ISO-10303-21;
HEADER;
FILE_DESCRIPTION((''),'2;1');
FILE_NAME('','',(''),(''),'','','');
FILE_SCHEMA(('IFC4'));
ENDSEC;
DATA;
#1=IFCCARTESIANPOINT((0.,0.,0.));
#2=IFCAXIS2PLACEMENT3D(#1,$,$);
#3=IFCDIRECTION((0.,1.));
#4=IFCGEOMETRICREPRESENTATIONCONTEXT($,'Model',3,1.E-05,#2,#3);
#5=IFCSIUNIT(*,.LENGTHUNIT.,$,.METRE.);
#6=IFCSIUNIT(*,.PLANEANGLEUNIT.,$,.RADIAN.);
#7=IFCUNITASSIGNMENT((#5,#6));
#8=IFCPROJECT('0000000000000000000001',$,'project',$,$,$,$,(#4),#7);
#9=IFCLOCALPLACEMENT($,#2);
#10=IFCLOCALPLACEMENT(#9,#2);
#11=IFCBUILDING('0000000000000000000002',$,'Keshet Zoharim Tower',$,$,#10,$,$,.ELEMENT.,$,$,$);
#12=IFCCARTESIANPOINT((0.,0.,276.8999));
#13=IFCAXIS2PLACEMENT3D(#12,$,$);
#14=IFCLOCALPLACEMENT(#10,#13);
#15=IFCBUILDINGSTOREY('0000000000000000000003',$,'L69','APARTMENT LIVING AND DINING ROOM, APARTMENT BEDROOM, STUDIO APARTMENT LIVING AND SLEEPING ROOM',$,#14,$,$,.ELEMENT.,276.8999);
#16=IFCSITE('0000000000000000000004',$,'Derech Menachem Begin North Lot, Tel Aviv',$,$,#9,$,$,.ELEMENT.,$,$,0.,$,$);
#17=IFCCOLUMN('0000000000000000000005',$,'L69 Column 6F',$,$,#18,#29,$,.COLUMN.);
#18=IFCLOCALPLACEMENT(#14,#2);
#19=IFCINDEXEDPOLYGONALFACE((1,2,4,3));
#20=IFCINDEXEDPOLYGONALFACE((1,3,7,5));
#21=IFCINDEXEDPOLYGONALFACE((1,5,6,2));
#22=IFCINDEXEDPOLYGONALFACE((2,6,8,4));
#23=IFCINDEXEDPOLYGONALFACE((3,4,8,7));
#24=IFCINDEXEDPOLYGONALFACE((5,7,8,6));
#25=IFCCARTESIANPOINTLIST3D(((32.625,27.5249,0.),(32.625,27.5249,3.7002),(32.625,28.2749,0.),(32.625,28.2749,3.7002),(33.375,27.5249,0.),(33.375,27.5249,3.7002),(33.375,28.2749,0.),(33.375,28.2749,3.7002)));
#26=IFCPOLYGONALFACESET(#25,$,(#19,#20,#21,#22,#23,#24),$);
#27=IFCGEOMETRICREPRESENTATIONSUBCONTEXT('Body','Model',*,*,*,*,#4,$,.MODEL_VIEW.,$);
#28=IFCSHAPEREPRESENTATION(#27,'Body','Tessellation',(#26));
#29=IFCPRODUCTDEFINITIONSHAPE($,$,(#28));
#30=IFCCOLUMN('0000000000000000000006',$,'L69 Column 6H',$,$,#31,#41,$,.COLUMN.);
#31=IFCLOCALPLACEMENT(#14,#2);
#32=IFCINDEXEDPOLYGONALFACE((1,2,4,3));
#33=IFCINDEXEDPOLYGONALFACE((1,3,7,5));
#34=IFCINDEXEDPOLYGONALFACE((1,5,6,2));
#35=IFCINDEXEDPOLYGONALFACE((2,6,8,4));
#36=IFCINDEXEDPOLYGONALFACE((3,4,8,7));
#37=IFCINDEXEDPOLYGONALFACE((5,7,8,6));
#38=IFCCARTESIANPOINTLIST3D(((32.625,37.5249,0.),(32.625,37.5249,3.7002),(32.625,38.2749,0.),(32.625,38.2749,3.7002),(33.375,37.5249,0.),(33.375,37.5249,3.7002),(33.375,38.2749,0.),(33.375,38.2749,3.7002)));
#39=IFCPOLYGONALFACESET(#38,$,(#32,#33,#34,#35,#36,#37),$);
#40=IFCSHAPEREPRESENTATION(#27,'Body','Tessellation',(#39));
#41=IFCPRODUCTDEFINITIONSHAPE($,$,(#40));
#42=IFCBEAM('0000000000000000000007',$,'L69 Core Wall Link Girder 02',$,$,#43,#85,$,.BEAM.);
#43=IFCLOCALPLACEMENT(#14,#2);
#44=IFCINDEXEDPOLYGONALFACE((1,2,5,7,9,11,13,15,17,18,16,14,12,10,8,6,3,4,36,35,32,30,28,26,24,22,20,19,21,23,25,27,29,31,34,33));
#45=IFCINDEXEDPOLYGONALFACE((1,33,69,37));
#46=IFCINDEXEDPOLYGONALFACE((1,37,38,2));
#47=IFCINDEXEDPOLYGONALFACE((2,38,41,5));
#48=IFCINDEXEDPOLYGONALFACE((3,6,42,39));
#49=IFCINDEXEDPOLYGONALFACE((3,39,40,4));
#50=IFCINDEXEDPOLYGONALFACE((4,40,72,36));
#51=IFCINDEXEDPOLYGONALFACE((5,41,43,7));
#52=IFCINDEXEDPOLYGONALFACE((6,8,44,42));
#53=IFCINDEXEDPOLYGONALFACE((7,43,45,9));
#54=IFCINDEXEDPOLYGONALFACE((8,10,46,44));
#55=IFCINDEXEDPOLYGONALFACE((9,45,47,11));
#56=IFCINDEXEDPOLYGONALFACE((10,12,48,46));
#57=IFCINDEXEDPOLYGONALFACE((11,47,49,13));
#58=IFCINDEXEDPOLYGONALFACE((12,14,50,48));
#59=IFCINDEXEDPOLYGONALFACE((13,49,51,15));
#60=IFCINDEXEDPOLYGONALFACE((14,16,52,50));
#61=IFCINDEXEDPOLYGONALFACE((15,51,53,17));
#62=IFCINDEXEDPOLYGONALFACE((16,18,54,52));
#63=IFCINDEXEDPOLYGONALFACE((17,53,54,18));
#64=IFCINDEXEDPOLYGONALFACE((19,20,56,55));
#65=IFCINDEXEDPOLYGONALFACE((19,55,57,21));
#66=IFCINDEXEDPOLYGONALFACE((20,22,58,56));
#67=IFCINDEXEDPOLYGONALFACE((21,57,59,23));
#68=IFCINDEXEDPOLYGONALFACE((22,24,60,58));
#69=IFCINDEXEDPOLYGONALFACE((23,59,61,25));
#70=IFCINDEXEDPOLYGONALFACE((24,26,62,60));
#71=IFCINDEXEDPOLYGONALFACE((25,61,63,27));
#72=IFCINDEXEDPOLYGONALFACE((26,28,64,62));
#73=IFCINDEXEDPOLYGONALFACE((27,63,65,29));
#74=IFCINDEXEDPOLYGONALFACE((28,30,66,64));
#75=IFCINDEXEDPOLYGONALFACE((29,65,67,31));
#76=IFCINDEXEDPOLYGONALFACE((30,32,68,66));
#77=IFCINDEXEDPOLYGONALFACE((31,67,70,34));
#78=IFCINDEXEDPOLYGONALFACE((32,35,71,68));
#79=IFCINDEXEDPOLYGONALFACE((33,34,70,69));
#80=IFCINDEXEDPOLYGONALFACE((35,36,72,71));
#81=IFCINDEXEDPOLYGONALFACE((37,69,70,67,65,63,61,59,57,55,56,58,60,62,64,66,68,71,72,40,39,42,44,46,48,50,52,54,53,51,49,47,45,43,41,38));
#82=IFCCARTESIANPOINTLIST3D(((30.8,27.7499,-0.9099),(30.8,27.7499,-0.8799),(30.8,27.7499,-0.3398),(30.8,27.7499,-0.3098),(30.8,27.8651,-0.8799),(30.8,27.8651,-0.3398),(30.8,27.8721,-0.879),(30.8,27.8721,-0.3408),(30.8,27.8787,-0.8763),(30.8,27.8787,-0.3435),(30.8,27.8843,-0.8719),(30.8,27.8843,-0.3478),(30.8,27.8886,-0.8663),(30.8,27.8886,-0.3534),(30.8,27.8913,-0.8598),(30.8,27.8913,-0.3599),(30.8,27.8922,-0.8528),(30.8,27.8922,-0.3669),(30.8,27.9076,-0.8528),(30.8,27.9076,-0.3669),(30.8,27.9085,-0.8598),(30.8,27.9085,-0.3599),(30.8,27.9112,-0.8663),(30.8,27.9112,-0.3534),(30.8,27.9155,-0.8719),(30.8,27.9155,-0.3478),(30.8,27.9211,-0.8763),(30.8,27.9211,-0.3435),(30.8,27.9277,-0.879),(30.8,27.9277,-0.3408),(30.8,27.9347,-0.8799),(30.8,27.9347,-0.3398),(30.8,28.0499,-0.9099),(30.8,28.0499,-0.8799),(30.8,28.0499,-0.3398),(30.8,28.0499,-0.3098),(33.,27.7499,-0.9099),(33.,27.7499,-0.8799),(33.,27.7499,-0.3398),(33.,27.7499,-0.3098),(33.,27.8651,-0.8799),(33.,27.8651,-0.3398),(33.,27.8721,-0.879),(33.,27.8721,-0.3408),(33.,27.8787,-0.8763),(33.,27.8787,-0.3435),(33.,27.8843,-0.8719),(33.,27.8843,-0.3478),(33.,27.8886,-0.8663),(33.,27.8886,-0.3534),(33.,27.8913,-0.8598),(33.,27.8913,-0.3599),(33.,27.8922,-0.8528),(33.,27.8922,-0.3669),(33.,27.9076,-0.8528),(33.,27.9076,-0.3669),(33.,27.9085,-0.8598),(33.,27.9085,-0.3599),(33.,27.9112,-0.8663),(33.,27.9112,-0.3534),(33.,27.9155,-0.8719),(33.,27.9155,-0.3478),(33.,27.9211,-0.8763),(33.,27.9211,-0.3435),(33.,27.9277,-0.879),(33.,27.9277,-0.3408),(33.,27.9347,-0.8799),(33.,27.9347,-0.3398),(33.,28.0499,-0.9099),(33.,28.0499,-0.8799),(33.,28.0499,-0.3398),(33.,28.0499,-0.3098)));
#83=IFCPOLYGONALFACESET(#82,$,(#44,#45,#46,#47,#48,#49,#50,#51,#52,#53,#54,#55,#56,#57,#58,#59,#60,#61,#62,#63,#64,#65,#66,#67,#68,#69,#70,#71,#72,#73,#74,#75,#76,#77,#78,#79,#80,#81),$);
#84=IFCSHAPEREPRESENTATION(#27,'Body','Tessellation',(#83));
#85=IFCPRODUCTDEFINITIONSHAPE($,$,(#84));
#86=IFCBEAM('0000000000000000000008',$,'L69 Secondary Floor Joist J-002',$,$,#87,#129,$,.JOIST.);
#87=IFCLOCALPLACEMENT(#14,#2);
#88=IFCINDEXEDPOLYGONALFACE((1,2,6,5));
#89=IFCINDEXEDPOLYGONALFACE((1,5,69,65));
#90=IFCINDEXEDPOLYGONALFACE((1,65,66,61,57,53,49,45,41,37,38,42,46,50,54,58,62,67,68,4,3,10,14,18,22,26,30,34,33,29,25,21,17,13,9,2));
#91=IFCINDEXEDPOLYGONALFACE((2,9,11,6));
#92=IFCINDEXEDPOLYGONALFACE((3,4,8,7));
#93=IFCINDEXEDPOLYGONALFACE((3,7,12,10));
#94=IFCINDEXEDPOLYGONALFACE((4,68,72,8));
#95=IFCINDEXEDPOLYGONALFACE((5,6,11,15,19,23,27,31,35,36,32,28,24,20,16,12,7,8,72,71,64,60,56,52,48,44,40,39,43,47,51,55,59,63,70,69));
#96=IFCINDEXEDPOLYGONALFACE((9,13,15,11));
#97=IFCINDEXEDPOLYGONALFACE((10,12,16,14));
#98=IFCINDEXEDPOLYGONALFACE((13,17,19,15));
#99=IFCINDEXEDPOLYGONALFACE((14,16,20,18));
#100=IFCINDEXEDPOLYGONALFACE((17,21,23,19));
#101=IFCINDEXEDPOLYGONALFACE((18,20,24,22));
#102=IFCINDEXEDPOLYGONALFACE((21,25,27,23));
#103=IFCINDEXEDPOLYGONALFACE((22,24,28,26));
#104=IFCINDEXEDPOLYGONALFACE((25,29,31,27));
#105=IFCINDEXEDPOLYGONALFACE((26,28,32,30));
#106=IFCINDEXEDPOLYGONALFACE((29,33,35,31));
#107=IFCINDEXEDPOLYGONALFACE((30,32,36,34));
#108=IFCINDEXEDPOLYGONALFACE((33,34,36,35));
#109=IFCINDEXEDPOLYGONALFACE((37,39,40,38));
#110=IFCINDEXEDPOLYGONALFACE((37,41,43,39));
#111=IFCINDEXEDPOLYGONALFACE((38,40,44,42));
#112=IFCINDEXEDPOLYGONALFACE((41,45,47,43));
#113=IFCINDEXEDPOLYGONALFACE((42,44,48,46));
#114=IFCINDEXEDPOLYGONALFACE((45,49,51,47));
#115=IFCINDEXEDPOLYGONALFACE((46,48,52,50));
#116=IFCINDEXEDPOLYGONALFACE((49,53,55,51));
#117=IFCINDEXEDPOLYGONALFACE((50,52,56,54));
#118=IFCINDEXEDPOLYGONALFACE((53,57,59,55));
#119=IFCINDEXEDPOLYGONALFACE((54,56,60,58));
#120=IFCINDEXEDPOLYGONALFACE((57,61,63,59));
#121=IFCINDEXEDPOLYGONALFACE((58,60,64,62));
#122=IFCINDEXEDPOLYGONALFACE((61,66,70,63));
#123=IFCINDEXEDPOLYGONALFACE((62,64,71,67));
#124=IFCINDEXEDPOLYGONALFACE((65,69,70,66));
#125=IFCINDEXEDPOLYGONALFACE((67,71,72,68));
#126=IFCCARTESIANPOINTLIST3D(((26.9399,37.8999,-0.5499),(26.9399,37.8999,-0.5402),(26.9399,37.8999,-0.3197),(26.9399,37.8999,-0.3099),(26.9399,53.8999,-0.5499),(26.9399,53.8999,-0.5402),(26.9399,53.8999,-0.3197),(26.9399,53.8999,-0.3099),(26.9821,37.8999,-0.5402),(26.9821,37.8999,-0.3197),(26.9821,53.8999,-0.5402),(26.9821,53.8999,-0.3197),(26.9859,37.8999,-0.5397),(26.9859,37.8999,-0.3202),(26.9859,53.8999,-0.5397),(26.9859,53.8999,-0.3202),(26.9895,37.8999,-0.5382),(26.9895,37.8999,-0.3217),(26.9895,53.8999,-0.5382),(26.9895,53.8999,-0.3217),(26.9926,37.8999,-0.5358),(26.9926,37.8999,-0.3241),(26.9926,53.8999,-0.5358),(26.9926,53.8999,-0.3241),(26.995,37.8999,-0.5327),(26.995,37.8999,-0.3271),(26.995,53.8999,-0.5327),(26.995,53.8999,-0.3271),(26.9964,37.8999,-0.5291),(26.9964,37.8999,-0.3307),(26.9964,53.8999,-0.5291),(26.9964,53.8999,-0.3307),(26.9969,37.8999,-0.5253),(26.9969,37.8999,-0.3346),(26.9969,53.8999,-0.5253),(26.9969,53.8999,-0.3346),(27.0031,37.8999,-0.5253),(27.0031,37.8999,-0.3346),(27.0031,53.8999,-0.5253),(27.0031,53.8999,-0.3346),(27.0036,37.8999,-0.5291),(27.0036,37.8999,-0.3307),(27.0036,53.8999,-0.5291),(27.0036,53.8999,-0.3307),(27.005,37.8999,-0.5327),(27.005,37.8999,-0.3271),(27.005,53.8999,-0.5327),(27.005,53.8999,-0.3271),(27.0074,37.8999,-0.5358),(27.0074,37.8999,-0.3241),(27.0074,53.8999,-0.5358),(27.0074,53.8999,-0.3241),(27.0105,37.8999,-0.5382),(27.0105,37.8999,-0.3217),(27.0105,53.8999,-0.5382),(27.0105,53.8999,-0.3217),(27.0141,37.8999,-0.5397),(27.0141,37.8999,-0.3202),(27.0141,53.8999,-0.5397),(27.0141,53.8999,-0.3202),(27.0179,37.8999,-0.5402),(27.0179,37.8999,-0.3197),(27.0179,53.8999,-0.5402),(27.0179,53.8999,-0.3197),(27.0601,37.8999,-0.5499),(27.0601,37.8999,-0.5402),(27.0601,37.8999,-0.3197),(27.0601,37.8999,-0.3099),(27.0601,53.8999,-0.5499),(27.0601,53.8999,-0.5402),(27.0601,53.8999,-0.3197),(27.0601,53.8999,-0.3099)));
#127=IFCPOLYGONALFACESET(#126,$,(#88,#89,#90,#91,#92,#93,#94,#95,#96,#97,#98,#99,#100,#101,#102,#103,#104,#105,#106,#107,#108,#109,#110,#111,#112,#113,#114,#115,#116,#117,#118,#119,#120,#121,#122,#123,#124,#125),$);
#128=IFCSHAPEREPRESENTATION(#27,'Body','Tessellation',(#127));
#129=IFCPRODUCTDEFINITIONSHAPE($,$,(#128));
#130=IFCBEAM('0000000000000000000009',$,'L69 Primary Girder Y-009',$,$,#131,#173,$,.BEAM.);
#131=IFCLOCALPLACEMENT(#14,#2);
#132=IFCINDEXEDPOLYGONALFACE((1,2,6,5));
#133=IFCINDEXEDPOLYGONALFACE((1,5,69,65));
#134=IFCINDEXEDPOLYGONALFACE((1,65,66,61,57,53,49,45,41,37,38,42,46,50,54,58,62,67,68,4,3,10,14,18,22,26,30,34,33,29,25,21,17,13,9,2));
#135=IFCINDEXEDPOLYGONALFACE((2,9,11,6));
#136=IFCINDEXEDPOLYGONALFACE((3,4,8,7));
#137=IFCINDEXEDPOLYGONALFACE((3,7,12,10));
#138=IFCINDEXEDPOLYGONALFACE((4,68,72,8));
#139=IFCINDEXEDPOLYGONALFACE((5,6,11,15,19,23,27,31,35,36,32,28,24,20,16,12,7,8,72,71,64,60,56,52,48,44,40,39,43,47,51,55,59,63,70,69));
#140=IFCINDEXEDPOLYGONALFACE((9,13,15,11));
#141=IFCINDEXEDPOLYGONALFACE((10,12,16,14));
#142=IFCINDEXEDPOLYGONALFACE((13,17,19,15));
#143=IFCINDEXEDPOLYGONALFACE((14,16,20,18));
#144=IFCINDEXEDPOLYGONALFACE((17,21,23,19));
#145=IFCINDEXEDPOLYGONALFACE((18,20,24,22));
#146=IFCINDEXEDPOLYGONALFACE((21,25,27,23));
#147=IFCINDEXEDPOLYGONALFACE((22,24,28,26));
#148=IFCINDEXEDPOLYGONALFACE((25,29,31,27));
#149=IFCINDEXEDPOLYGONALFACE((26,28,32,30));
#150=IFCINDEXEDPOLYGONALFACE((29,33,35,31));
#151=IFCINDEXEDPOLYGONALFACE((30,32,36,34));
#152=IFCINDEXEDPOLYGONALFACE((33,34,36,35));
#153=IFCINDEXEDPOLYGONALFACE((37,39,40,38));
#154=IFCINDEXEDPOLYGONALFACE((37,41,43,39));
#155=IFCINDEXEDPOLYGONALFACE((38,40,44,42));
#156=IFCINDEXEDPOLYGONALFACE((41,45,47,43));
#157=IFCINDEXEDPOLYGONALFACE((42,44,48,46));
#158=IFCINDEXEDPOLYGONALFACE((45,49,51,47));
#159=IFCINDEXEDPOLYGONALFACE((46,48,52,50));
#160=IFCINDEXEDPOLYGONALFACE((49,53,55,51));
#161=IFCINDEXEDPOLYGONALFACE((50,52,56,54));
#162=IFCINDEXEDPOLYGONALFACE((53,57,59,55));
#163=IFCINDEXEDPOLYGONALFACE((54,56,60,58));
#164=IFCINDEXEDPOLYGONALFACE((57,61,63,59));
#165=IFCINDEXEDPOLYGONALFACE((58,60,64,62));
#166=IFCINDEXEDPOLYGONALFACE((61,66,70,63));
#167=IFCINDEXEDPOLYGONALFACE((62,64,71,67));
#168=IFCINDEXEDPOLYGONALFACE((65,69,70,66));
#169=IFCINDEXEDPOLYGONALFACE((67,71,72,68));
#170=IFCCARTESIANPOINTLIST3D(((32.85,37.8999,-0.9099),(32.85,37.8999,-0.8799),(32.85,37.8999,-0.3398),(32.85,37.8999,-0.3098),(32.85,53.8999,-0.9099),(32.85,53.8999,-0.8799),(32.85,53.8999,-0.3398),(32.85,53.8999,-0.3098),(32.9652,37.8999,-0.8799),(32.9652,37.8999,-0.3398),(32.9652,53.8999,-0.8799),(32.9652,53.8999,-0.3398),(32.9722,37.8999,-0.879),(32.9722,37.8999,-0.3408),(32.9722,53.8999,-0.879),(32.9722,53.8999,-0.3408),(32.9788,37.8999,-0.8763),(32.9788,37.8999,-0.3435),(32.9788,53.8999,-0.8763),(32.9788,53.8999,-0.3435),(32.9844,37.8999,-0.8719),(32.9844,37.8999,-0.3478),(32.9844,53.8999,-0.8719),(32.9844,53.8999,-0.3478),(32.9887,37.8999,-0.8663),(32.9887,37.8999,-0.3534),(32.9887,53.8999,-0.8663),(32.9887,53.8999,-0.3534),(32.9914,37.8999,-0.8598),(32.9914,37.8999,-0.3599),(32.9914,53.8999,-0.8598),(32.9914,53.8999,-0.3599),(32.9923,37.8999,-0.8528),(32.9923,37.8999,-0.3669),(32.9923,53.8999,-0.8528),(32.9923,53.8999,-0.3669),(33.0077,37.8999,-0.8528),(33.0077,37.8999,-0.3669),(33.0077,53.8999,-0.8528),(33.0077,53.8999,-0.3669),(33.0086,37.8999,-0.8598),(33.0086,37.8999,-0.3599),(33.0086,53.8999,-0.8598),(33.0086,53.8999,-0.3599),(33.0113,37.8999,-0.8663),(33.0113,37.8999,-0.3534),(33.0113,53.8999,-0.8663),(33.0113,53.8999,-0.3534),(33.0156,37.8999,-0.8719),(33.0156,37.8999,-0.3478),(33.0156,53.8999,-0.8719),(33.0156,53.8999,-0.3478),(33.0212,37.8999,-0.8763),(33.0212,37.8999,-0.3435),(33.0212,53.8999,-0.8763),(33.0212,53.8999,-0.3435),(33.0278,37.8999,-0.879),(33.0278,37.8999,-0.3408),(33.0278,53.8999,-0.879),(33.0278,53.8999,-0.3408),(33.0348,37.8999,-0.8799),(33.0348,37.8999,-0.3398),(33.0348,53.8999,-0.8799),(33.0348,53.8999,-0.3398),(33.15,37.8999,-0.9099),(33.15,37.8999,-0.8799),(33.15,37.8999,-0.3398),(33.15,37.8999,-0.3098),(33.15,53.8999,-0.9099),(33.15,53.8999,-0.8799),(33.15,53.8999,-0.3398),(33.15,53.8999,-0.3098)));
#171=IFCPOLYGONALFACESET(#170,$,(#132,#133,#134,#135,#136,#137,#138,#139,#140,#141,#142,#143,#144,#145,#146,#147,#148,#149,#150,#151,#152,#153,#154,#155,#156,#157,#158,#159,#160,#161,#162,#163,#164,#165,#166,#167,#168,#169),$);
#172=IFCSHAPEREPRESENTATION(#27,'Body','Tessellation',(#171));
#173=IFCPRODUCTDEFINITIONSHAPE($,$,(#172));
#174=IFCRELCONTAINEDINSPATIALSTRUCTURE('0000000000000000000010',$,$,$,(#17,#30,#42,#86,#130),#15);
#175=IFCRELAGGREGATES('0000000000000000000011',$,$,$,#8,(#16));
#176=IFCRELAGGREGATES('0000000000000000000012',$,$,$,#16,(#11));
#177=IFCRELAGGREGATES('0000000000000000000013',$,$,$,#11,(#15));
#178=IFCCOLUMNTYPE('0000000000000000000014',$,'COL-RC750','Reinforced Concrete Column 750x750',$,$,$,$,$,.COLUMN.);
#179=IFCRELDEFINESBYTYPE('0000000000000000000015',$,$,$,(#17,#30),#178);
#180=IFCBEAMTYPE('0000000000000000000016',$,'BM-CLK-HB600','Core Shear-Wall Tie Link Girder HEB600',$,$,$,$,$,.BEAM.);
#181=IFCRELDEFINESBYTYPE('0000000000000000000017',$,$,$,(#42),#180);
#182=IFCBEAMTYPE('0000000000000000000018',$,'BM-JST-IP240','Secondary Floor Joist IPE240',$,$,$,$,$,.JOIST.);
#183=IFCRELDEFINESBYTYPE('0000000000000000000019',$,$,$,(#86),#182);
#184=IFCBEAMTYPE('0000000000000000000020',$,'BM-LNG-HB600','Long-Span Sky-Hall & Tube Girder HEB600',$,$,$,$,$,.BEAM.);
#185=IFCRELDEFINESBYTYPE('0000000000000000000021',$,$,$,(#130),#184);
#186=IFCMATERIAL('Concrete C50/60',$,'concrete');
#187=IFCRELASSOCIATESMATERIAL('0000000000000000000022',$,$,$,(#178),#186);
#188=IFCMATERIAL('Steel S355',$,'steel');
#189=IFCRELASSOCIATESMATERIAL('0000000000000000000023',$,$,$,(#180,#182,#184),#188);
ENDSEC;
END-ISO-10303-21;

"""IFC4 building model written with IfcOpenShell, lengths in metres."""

from ifc_helpers import new_model, si_unit, direction, frame, origin, origin_2d, place, context, subcontext, project, spatial, rectangle, i_section, extrude, material, material_profile, profile_set, type_object, element, save


model = new_model("IFC4")

# Units and contexts
model_context = context("Model", 3, precision=1e-05, world=origin(), true_north=direction((0.0, 1.0)))
body_context = subcontext(model_context, "Body", "Model", "MODEL_VIEW")
ifc_project = project(units=[si_unit("LENGTHUNIT", "METRE"), si_unit("PLANEANGLEUNIT", "RADIAN")], contexts=[model_context])

# Site, building, storey
site_placement = place(None, origin())
site = spatial("IfcSite", under=ifc_project, at=site_placement, Name="Derech Menachem Begin North Lot, Tel Aviv", CompositionType="ELEMENT", RefElevation=0.0)
building_placement = place(site_placement, origin())
building = spatial("IfcBuilding", under=site, at=building_placement, Name="Keshet Zoharim Tower", CompositionType="ELEMENT")
storey_placement = place(building_placement, frame((0.0, 0.0, 276.8999)))
storey = spatial("IfcBuildingStorey", under=building, at=storey_placement, Name="L69", Description="APARTMENT LIVING AND DINING ROOM, APARTMENT BEDROOM, STUDIO APARTMENT LIVING AND SLEEPING ROOM", CompositionType="ELEMENT", Elevation=276.8999)

# Columns
ifc_material_1 = material(Name="Concrete C50/60", Category="concrete")
ifc_material_profile_1 = material_profile(ifc_material_1, rectangle(XDim=0.75, YDim=0.75, at=origin_2d()), Name="RC750x750")
ifc_profile_set_1 = profile_set([ifc_material_profile_1], Name="Concrete C50/60")
column_type = type_object("IfcColumnType", Name="COL-RC750", Description="Reinforced Concrete Column 750x750", PredefinedType="COLUMN", material=ifc_profile_set_1)
for number, where, z_axis, x_axis, name in (
    (1, (33.0, 27.8999, 0.0), (0.0, 0.0, 1.0), (1.0, 0.0, 0.0), "L69 Column 6F"),
    (2, (33.0, 37.8999, 0.0), (0.0, 0.0, 1.0), (1.0, 0.0, 0.0), "L69 Column 6H"),
):
    element("IfcColumn", number, at=place(storey_placement, frame(where, z_axis=z_axis, x_axis=x_axis)), inside=storey, type_object=column_type, Name=name, PredefinedType="COLUMN", context=body_context, shape_type="SweptSolid", body=[
        extrude(rectangle(XDim=0.75, YDim=0.75, at=origin_2d()), origin(), (0.0, 0.0, 1.0), 3.7002),
    ])

# Beams
ifc_material_2 = material(Name="Steel S355", Category="steel")
ifc_material_profile_2 = material_profile(ifc_material_2, i_section(OverallWidth=0.3, OverallDepth=0.6001, WebThickness=0.0154, FlangeThickness=0.03, FilletRadius=0.0271, at=origin_2d()), Name="HEB600")
ifc_profile_set_2 = profile_set([ifc_material_profile_2], Name="Steel S355")
beam_type_1 = type_object("IfcBeamType", Name="BM-CLK-HB600", Description="Core Shear-Wall Tie Link Girder HEB600", PredefinedType="BEAM", material=ifc_profile_set_2)
beam_1_placement = place(storey_placement, frame((30.8, 27.8999, -0.6099), z_axis=(1.0, 0.0, 0.0), x_axis=(0.0, 1.0, 0.0)))
element("IfcBeam", 3, at=beam_1_placement, inside=storey, type_object=beam_type_1, Name="L69 Core Wall Link Girder 02", PredefinedType="BEAM", context=body_context, shape_type="SweptSolid", body=[
    extrude(i_section(OverallWidth=0.3, OverallDepth=0.6001, WebThickness=0.0154, FlangeThickness=0.03, FilletRadius=0.0271, at=origin_2d()), origin(), (0.0, 0.0, 1.0), 2.2),
])
ifc_material_profile_3 = material_profile(ifc_material_2, i_section(OverallWidth=0.1201, OverallDepth=0.24, WebThickness=0.0061, FlangeThickness=0.0098, FilletRadius=0.0149, at=origin_2d()), Name="IPE240")
ifc_profile_set_3 = profile_set([ifc_material_profile_3], Name="Steel S355")
beam_type_2 = type_object("IfcBeamType", Name="BM-JST-IP240", Description="Secondary Floor Joist IPE240", PredefinedType="JOIST", material=ifc_profile_set_3)
beam_2_placement = place(storey_placement, frame((27.0, 37.8999, -0.4299), z_axis=(0.0, 1.0, 0.0), x_axis=(-1.0, 0.0, 0.0)))
element("IfcBeam", 4, at=beam_2_placement, inside=storey, type_object=beam_type_2, Name="L69 Secondary Floor Joist J-002", PredefinedType="JOIST", context=body_context, shape_type="SweptSolid", body=[
    extrude(i_section(OverallWidth=0.1201, OverallDepth=0.24, WebThickness=0.0061, FlangeThickness=0.0098, FilletRadius=0.0149, at=origin_2d()), origin(), (0.0, 0.0, 1.0), 16.0),
])
ifc_material_profile_4 = material_profile(ifc_material_2, i_section(OverallWidth=0.3, OverallDepth=0.6001, WebThickness=0.0154, FlangeThickness=0.03, FilletRadius=0.0271, at=origin_2d()), Name="HEB600")
ifc_profile_set_4 = profile_set([ifc_material_profile_4], Name="Steel S355")
beam_type_3 = type_object("IfcBeamType", Name="BM-LNG-HB600", Description="Long-Span Sky-Hall & Tube Girder HEB600", PredefinedType="BEAM", material=ifc_profile_set_4)
beam_3_placement = place(storey_placement, frame((33.0, 37.8999, -0.6099), z_axis=(0.0, 1.0, 0.0), x_axis=(-1.0, 0.0, 0.0)))
element("IfcBeam", 5, at=beam_3_placement, inside=storey, type_object=beam_type_3, Name="L69 Primary Girder Y-009", PredefinedType="BEAM", context=body_context, shape_type="SweptSolid", body=[
    extrude(i_section(OverallWidth=0.3, OverallDepth=0.6001, WebThickness=0.0154, FlangeThickness=0.03, FilletRadius=0.0271, at=origin_2d()), origin(), (0.0, 0.0, 1.0), 16.0),
])

save(model, "model.ifc")
